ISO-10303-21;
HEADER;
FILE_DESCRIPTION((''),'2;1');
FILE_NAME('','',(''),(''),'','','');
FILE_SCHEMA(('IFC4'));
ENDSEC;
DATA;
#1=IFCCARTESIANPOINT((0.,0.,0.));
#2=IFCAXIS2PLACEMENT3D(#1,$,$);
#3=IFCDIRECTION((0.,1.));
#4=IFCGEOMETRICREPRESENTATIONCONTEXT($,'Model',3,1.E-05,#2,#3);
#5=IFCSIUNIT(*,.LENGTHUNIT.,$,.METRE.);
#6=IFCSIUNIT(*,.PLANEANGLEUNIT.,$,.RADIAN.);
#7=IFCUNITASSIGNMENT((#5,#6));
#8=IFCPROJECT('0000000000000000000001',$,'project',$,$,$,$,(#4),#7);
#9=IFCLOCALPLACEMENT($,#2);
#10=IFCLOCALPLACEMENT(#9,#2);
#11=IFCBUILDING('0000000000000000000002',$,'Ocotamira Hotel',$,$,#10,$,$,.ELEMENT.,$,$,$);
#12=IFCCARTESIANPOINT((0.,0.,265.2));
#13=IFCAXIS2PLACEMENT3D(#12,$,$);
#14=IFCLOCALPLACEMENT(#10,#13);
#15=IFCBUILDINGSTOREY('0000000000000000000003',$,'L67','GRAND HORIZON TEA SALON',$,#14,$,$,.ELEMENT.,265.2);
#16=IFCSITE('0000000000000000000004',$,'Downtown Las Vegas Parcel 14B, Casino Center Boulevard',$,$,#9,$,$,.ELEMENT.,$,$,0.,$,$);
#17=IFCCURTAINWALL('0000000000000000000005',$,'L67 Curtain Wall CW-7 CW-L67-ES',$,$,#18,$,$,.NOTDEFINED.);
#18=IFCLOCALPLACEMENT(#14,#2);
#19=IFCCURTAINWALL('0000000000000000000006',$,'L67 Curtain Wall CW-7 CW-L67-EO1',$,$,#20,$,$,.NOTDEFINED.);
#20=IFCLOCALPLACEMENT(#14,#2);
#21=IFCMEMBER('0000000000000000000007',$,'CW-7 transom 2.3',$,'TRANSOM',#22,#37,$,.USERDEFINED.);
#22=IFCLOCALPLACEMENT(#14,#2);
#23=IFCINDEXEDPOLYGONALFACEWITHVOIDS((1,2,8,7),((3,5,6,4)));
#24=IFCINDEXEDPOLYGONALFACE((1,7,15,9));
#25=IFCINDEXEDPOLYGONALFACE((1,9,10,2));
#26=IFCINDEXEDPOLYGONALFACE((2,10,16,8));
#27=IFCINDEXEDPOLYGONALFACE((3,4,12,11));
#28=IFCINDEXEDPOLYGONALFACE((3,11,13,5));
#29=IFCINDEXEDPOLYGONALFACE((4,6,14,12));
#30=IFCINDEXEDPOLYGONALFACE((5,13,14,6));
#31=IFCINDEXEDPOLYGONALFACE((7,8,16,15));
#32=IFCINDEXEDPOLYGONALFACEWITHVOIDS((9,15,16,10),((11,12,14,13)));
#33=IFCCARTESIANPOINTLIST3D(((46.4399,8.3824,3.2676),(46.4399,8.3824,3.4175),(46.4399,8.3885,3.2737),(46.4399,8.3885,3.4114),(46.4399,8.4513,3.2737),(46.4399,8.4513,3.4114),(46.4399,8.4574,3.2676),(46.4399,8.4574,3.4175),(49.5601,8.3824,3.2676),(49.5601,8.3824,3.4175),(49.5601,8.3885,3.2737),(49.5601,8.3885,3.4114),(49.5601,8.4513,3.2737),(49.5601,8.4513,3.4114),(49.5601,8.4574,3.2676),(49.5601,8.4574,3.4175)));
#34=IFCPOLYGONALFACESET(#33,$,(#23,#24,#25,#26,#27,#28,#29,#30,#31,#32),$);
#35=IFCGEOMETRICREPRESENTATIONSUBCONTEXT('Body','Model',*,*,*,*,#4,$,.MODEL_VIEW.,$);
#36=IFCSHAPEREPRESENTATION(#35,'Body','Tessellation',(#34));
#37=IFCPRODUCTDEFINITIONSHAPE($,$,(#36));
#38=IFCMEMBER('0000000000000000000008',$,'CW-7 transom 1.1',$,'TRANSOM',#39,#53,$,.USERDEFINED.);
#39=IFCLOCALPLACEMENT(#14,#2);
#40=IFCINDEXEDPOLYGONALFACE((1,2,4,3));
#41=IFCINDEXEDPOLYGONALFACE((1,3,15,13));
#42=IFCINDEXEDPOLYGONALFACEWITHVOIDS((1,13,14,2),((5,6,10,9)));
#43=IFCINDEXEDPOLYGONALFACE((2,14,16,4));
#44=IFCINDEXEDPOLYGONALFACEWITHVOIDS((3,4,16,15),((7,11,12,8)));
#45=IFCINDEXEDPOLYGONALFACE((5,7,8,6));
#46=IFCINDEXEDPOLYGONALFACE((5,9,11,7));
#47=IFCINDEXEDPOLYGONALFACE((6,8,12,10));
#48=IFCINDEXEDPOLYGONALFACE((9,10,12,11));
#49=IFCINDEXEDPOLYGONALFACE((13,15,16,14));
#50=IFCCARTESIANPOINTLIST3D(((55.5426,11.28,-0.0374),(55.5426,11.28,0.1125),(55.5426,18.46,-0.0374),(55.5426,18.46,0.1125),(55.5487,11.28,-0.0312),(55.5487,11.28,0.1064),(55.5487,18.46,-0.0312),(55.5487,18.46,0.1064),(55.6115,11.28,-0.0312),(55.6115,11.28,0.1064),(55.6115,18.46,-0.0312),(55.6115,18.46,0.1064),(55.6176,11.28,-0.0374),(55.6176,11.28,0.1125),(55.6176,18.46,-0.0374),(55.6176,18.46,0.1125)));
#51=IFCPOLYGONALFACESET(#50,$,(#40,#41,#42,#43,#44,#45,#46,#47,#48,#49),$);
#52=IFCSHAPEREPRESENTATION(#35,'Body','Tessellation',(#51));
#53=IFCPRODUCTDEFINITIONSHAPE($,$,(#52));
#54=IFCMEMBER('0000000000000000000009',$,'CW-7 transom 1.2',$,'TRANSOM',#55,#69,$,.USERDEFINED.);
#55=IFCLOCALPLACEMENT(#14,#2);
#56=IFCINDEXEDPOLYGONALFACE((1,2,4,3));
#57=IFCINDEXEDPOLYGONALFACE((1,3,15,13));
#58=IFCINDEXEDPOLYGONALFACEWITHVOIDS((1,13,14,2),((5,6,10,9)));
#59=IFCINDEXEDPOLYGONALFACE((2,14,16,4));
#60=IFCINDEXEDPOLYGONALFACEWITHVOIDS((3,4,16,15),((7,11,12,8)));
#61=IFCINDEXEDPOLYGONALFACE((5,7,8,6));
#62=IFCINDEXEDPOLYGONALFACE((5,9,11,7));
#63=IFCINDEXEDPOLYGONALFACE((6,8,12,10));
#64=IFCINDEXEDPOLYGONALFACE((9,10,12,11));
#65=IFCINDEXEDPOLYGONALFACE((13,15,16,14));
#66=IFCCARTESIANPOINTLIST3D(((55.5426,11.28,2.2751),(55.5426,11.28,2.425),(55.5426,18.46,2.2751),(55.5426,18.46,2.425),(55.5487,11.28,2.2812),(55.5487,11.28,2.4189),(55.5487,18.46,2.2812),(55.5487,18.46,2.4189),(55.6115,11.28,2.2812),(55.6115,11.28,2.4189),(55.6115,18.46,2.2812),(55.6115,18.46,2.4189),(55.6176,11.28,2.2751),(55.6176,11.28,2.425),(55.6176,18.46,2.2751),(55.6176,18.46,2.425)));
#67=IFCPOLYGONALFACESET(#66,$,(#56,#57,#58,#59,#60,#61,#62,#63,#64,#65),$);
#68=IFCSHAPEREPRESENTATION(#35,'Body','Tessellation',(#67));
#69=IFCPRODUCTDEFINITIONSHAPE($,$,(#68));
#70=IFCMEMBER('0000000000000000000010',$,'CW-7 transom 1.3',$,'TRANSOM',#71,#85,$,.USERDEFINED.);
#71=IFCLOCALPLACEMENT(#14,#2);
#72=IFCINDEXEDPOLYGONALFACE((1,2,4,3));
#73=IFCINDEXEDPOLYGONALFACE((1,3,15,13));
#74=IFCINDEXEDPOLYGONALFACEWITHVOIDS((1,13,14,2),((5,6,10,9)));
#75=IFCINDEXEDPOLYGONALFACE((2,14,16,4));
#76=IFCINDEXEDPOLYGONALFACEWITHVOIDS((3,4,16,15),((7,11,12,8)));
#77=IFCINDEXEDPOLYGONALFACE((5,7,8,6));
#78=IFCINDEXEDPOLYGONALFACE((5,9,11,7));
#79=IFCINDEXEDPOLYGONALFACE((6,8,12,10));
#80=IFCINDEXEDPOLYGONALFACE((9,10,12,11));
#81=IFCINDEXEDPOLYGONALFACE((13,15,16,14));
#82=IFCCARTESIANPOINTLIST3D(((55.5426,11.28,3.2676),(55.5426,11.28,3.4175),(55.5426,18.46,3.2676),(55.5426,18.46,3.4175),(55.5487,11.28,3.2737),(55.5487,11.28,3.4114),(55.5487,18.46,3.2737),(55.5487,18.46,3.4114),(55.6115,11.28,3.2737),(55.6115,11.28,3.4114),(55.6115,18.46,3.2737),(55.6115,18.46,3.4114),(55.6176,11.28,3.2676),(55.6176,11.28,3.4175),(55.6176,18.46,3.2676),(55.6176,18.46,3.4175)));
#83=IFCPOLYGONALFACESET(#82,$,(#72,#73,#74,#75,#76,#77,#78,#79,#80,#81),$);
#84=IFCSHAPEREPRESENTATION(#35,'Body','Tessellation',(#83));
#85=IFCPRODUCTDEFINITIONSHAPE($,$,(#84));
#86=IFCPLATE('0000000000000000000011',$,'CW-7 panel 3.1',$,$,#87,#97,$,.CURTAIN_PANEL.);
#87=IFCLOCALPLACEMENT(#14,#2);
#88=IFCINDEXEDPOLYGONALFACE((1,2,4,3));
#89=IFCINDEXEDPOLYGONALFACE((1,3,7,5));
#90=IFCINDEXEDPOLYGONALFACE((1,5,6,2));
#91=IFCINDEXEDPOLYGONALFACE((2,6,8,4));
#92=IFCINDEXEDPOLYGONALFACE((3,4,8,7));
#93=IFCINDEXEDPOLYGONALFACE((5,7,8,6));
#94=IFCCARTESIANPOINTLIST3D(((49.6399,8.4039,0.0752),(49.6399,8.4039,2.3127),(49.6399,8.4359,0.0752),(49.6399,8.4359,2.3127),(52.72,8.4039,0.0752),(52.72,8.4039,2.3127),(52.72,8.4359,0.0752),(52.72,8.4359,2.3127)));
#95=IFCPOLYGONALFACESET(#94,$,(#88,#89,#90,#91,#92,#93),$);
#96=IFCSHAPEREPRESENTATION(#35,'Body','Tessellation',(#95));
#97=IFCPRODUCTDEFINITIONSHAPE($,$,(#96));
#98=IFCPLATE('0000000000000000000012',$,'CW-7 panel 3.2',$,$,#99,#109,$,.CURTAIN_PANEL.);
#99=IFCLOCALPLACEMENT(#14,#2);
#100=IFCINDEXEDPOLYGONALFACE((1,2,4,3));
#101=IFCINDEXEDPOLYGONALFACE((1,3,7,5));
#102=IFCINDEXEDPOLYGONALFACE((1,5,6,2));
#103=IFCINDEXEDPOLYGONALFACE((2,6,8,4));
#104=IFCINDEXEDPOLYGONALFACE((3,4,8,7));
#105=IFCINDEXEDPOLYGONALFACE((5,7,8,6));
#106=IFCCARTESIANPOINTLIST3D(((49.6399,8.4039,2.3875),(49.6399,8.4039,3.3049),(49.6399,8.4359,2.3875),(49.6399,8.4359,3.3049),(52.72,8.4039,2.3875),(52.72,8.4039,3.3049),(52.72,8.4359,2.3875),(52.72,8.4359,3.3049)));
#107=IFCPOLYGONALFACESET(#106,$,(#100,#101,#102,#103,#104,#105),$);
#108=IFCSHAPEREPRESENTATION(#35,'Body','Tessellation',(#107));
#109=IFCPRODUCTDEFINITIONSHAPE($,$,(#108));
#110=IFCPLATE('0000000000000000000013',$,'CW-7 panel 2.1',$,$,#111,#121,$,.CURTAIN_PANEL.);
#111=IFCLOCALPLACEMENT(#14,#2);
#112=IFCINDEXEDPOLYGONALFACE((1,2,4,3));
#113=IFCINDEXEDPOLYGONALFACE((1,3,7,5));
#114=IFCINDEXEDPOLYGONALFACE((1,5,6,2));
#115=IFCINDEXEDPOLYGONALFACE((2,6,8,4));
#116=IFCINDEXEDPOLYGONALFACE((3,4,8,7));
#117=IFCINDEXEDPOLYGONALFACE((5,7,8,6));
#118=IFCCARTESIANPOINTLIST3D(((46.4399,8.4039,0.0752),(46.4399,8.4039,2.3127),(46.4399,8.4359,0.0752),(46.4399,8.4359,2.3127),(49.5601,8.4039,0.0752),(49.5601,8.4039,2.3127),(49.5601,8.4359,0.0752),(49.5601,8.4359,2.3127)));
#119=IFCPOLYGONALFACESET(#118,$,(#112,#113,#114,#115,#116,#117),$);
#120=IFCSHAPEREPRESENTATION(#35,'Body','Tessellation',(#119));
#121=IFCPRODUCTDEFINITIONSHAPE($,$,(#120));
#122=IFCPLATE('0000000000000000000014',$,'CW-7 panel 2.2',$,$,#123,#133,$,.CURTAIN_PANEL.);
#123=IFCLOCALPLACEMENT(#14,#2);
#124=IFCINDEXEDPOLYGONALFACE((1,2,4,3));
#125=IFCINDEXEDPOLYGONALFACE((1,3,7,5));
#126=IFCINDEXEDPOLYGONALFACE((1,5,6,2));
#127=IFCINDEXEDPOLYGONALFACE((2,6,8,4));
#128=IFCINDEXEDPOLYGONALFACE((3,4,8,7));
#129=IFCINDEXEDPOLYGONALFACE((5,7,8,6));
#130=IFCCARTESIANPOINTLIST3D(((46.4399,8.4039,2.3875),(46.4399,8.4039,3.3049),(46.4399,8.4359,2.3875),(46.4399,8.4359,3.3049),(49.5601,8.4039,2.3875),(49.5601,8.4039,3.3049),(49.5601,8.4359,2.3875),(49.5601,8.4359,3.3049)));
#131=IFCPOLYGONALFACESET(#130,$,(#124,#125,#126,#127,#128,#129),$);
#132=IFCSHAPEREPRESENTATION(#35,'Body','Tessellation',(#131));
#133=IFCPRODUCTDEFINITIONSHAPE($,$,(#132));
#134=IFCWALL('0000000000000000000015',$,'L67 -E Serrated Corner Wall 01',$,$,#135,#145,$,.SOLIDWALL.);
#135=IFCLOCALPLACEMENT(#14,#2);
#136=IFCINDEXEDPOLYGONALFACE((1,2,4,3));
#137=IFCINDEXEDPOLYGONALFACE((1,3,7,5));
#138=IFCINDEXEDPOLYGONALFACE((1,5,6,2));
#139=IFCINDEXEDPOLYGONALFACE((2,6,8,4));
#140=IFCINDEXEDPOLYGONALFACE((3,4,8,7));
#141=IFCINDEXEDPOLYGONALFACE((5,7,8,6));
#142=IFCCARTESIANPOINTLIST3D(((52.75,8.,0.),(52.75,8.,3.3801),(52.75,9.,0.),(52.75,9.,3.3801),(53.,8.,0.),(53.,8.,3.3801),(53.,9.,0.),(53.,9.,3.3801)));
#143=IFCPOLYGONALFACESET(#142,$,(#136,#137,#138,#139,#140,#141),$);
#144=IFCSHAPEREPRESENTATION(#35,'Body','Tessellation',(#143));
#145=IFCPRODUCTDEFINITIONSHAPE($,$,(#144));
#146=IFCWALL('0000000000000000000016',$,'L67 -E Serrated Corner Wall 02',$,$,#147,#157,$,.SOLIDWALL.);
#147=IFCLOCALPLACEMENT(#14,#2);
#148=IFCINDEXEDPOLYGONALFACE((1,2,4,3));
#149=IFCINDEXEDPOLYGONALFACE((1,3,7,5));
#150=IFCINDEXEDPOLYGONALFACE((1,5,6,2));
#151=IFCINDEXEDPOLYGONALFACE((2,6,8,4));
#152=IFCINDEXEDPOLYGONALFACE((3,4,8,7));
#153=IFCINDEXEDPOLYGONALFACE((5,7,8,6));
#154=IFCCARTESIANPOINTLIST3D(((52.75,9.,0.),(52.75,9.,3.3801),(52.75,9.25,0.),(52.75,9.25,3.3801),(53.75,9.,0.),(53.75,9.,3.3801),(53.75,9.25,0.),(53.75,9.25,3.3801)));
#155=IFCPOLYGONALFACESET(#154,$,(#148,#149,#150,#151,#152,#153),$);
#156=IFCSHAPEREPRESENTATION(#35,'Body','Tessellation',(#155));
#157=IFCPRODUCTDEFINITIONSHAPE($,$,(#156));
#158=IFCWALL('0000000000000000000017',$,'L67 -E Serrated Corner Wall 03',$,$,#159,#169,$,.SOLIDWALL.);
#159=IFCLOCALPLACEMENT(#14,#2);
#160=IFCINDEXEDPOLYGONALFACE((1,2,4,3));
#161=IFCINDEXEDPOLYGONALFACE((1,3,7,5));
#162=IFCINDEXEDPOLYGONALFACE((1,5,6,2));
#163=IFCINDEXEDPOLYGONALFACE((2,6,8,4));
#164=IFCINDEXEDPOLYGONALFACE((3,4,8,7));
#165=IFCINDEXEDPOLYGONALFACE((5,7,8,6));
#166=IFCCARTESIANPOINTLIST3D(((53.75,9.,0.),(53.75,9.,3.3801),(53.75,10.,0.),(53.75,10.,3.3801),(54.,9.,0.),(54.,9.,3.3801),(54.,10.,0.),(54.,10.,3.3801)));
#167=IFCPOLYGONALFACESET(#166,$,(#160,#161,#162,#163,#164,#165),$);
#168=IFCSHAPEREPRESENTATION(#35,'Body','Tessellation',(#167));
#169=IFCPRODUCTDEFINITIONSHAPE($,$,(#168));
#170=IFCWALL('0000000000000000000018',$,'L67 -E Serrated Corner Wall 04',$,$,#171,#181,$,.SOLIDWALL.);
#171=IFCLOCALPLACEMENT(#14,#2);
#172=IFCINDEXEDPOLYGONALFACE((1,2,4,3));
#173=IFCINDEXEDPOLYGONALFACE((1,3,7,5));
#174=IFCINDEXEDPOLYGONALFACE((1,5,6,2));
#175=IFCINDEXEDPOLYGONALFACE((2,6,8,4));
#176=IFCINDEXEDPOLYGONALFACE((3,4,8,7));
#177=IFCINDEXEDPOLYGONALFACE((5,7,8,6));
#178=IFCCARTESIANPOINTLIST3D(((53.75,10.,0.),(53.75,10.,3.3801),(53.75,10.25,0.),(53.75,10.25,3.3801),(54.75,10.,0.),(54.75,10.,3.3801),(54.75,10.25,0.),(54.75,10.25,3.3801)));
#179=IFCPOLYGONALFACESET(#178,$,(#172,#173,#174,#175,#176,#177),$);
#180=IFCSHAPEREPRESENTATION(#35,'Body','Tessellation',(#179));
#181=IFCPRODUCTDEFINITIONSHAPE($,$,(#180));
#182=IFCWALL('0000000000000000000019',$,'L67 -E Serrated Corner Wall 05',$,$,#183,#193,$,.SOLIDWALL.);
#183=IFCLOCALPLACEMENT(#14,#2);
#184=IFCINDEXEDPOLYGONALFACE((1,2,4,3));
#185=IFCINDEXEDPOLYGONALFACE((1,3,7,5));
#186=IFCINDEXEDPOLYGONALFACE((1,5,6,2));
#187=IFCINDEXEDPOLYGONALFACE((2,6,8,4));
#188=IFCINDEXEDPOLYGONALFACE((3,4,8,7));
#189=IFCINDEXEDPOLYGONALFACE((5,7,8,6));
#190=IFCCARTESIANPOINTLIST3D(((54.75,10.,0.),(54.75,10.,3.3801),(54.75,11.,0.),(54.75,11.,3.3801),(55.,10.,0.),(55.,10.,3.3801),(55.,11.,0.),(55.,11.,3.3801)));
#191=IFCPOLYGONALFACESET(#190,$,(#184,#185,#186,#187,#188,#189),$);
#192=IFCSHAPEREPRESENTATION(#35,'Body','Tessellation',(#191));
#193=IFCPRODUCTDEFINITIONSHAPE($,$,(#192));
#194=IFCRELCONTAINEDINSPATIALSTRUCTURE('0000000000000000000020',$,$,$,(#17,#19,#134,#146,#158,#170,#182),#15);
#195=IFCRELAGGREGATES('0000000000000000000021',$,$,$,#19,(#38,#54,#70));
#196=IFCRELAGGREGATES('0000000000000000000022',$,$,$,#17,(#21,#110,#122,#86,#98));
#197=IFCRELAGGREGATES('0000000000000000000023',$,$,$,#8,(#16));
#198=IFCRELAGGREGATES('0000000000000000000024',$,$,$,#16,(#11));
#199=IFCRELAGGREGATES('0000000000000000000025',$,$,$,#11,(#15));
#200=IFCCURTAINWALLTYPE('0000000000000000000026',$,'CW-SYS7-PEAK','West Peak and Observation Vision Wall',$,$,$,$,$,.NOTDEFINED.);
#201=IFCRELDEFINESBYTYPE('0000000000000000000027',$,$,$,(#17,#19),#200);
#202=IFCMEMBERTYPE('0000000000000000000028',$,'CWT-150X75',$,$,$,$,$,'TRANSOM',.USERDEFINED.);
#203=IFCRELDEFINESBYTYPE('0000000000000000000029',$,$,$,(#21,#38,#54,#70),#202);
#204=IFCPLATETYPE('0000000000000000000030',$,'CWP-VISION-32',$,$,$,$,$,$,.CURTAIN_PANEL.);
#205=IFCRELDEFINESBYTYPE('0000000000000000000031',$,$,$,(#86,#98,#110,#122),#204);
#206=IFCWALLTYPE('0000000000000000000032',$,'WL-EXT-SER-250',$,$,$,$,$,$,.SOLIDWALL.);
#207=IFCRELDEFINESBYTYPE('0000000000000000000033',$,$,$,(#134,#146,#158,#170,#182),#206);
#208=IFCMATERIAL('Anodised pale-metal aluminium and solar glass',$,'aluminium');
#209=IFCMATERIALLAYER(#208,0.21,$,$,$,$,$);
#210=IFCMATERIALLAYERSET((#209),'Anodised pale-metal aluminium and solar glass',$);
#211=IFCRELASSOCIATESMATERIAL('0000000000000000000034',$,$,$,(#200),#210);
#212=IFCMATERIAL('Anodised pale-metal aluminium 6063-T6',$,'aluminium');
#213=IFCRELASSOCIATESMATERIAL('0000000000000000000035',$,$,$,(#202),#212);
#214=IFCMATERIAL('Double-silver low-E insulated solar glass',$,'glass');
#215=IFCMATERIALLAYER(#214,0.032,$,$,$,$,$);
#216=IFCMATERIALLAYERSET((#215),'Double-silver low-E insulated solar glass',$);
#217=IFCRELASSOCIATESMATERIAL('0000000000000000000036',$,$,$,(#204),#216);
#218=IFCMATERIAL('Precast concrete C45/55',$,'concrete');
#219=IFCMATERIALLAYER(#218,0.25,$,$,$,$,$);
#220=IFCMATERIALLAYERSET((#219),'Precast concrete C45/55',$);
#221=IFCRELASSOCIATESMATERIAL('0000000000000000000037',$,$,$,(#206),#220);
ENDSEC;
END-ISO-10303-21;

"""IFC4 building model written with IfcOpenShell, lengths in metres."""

from ifc_helpers import new_model, si_unit, direction, frame, frame_2d, origin, origin_2d, place, context, subcontext, project, spatial, rectangle, hollow_rectangle, extrude, source, transform, mapped, material, layer, layer_set, material_profile, profile_set, type_object, element, aggregate, save


model = new_model("IFC4")

# Units and contexts
model_context = context("Model", 3, precision=1e-05, world=origin(), true_north=direction((0.0, 1.0)))
body_context = subcontext(model_context, "Body", "Model", "MODEL_VIEW")
ifc_project = project(units=[si_unit("LENGTHUNIT", "METRE"), si_unit("PLANEANGLEUNIT", "RADIAN")], contexts=[model_context])

# Site, building, storey
site_placement = place(None, origin())
site = spatial("IfcSite", under=ifc_project, at=site_placement, Name="Downtown Las Vegas Parcel 14B, Casino Center Boulevard", CompositionType="ELEMENT", RefElevation=0.0)
building_placement = place(site_placement, origin())
building = spatial("IfcBuilding", under=site, at=building_placement, Name="Ocotamira Hotel", CompositionType="ELEMENT")
storey_placement = place(building_placement, frame((0.0, 0.0, 265.2)))
storey = spatial("IfcBuildingStorey", under=building, at=storey_placement, Name="L67", Description="GRAND HORIZON TEA SALON", CompositionType="ELEMENT", Elevation=265.2)

# Curtain wall
ifc_material_1 = material(Name="Anodised pale-metal aluminium and solar glass", Category="aluminium")
ifc_layer_1 = layer(ifc_material_1, 0.21)
ifc_layer_set_1 = layer_set([ifc_layer_1], Name="Anodised pale-metal aluminium and solar glass")
curtain_wall_type = type_object("IfcCurtainWallType", Name="CW-SYS7-PEAK", Description="West Peak and Observation Vision Wall", PredefinedType="NOTDEFINED", material=ifc_layer_set_1)
curtain_wall_1_placement = place(storey_placement, origin())
curtain_wall_1 = element("IfcCurtainWall", 1, at=curtain_wall_1_placement, inside=storey, type_object=curtain_wall_type, Name="L67 Curtain Wall CW-7 CW-L67-ES", PredefinedType="NOTDEFINED")
ifc_material_2 = material(Name="Anodised pale-metal aluminium 6063-T6", Category="aluminium")

# Curtain wall
curtain_wall_2_placement = place(storey_placement, origin())
curtain_wall_2 = element("IfcCurtainWall", 2, at=curtain_wall_2_placement, inside=storey, type_object=curtain_wall_type, Name="L67 Curtain Wall CW-7 CW-L67-EO1", PredefinedType="NOTDEFINED")

# Members
ifc_material_profile_1 = material_profile(ifc_material_2, hollow_rectangle(XDim=0.075, YDim=0.1499, WallThickness=0.0061, at=origin_2d()), Name="HSS150X75X6")
ifc_profile_set_1 = profile_set([ifc_material_profile_1], Name="Anodised pale-metal aluminium 6063-T6")
member_type_1 = type_object("IfcMemberType", Name="CWT-150X75", ElementType="TRANSOM", PredefinedType="USERDEFINED", material=ifc_profile_set_1)
shared_shape_1 = source(origin(), body_context, "Body", "SweptSolid", [
    extrude(hollow_rectangle(XDim=0.075, YDim=0.1499, WallThickness=0.0061, at=origin_2d()), origin(), (0.0, 0.0, 1.0), 3.1201),
])
member_1_placement = place(storey_placement, frame((46.4399, 8.4199, 3.3425), z_axis=(1.0, 0.0, 0.0), x_axis=(0.0, 1.0, 0.0)))
member_1 = element("IfcMember", 3, at=member_1_placement, type_object=member_type_1, Name="CW-7 transom 2.3", ObjectType="TRANSOM", PredefinedType="USERDEFINED", context=body_context, shape_type="MappedRepresentation", body=[
    mapped(shared_shape_1, transform((0.0, 0.0, 0.0), scale=1.0)),
])
shared_shape_2 = source(origin(), body_context, "Body", "SweptSolid", [
    extrude(hollow_rectangle(XDim=0.075, YDim=0.1499, WallThickness=0.0061, at=origin_2d()), origin(), (0.0, 0.0, 1.0), 7.1799),
])
member_2_placement = place(storey_placement, frame((55.5801, 11.28, 0.0376), z_axis=(0.0, 1.0, 0.0), x_axis=(-1.0, 0.0, 0.0)))
member_2 = element("IfcMember", 4, at=member_2_placement, type_object=member_type_1, Name="CW-7 transom 1.1", ObjectType="TRANSOM", PredefinedType="USERDEFINED", context=body_context, shape_type="MappedRepresentation", body=[
    mapped(shared_shape_2, transform((0.0, 0.0, 0.0), scale=1.0)),
])
member_3_placement = place(storey_placement, frame((55.5801, 11.28, 2.3501), z_axis=(0.0, 1.0, 0.0), x_axis=(-1.0, 0.0, 0.0)))
member_3 = element("IfcMember", 5, at=member_3_placement, type_object=member_type_1, Name="CW-7 transom 1.2", ObjectType="TRANSOM", PredefinedType="USERDEFINED", context=body_context, shape_type="MappedRepresentation", body=[
    mapped(shared_shape_2, transform((0.0, 0.0, 0.0), scale=1.0)),
])
member_4_placement = place(storey_placement, frame((55.5801, 11.28, 3.3425), z_axis=(0.0, 1.0, 0.0), x_axis=(-1.0, 0.0, 0.0)))
member_4 = element("IfcMember", 6, at=member_4_placement, type_object=member_type_1, Name="CW-7 transom 1.3", ObjectType="TRANSOM", PredefinedType="USERDEFINED", context=body_context, shape_type="MappedRepresentation", body=[
    mapped(shared_shape_2, transform((0.0, 0.0, 0.0), scale=1.0)),
])
aggregate(curtain_wall_2, [member_2, member_3, member_4])

# Plates
ifc_material_3 = material(Name="Double-silver low-E insulated solar glass", Category="glass")
ifc_layer_2 = layer(ifc_material_3, 0.032)
ifc_layer_set_2 = layer_set([ifc_layer_2], Name="Double-silver low-E insulated solar glass")
plate_type = type_object("IfcPlateType", Name="CWP-VISION-32", PredefinedType="CURTAIN_PANEL", material=ifc_layer_set_2)
shared_shape_3 = source(origin(), body_context, "Body", "SweptSolid", [
    extrude(rectangle(XDim=3.0801, YDim=0.032, at=origin_2d()), origin(), (0.0, 0.0, 1.0), 2.2375),
])
plate_1_placement = place(storey_placement, frame((51.1799, 8.4199, 0.0752), z_axis=(0.0, 0.0, 1.0), x_axis=(1.0, 0.0, 0.0)))
plate_1 = element("IfcPlate", 7, at=plate_1_placement, type_object=plate_type, Name="CW-7 panel 3.1", PredefinedType="CURTAIN_PANEL", context=body_context, shape_type="MappedRepresentation", body=[
    mapped(shared_shape_3, transform((0.0, 0.0, 0.0), scale=1.0)),
])
shared_shape_4 = source(origin(), body_context, "Body", "SweptSolid", [
    extrude(rectangle(XDim=3.0801, YDim=0.032, at=origin_2d()), origin(), (0.0, 0.0, 1.0), 0.9175),
])
plate_2_placement = place(storey_placement, frame((51.1799, 8.4199, 2.3875), z_axis=(0.0, 0.0, 1.0), x_axis=(1.0, 0.0, 0.0)))
plate_2 = element("IfcPlate", 8, at=plate_2_placement, type_object=plate_type, Name="CW-7 panel 3.2", PredefinedType="CURTAIN_PANEL", context=body_context, shape_type="MappedRepresentation", body=[
    mapped(shared_shape_4, transform((0.0, 0.0, 0.0), scale=1.0)),
])
shared_shape_5 = source(origin(), body_context, "Body", "SweptSolid", [
    extrude(rectangle(XDim=3.1201, YDim=0.032, at=origin_2d()), origin(), (0.0, 0.0, 1.0), 2.2375),
])
plate_3_placement = place(storey_placement, frame((48.0, 8.4199, 0.0752), z_axis=(0.0, 0.0, 1.0), x_axis=(1.0, 0.0, 0.0)))
plate_3 = element("IfcPlate", 9, at=plate_3_placement, type_object=plate_type, Name="CW-7 panel 2.1", PredefinedType="CURTAIN_PANEL", context=body_context, shape_type="MappedRepresentation", body=[
    mapped(shared_shape_5, transform((0.0, 0.0, 0.0), scale=1.0)),
])
shared_shape_6 = source(origin(), body_context, "Body", "SweptSolid", [
    extrude(rectangle(XDim=3.1201, YDim=0.032, at=origin_2d()), origin(), (0.0, 0.0, 1.0), 0.9175),
])
plate_4_placement = place(storey_placement, frame((48.0, 8.4199, 2.3875), z_axis=(0.0, 0.0, 1.0), x_axis=(1.0, 0.0, 0.0)))
plate_4 = element("IfcPlate", 10, at=plate_4_placement, type_object=plate_type, Name="CW-7 panel 2.2", PredefinedType="CURTAIN_PANEL", context=body_context, shape_type="MappedRepresentation", body=[
    mapped(shared_shape_6, transform((0.0, 0.0, 0.0), scale=1.0)),
])
aggregate(curtain_wall_1, [member_1, plate_3, plate_4, plate_1, plate_2])

# Walls
ifc_material_4 = material(Name="Precast concrete C45/55", Category="concrete")
ifc_layer_3 = layer(ifc_material_4, 0.25)
ifc_layer_set_3 = layer_set([ifc_layer_3], Name="Precast concrete C45/55")
wall_type_1 = type_object("IfcWallType", Name="WL-EXT-SER-250", PredefinedType="SOLIDWALL", material=ifc_layer_set_3)
for number, where, z_axis, x_axis, name in (
    (11, (52.875, 8.0, 0.0), (0.0, 0.0, 1.0), (0.0, 1.0, 0.0), "L67 -E Serrated Corner Wall 01"),
    (12, (52.75, 9.125, 0.0), (0.0, 0.0, 1.0), (1.0, 0.0, 0.0), "L67 -E Serrated Corner Wall 02"),
    (13, (53.875, 9.0, 0.0), (0.0, 0.0, 1.0), (0.0, 1.0, 0.0), "L67 -E Serrated Corner Wall 03"),
    (14, (53.75, 10.125, 0.0), (0.0, 0.0, 1.0), (1.0, 0.0, 0.0), "L67 -E Serrated Corner Wall 04"),
    (15, (54.875, 10.0, 0.0), (0.0, 0.0, 1.0), (0.0, 1.0, 0.0), "L67 -E Serrated Corner Wall 05"),
):
    element("IfcWall", number, at=place(storey_placement, frame(where, z_axis=z_axis, x_axis=x_axis)), inside=storey, type_object=wall_type_1, Name=name, PredefinedType="SOLIDWALL", context=body_context, shape_type="SweptSolid", body=[
        extrude(rectangle(XDim=1.0, YDim=0.25, at=frame_2d((0.5, 0.0))), origin(), (0.0, 0.0, 1.0), 3.3801),
    ])

save(model, "model.ifc")
